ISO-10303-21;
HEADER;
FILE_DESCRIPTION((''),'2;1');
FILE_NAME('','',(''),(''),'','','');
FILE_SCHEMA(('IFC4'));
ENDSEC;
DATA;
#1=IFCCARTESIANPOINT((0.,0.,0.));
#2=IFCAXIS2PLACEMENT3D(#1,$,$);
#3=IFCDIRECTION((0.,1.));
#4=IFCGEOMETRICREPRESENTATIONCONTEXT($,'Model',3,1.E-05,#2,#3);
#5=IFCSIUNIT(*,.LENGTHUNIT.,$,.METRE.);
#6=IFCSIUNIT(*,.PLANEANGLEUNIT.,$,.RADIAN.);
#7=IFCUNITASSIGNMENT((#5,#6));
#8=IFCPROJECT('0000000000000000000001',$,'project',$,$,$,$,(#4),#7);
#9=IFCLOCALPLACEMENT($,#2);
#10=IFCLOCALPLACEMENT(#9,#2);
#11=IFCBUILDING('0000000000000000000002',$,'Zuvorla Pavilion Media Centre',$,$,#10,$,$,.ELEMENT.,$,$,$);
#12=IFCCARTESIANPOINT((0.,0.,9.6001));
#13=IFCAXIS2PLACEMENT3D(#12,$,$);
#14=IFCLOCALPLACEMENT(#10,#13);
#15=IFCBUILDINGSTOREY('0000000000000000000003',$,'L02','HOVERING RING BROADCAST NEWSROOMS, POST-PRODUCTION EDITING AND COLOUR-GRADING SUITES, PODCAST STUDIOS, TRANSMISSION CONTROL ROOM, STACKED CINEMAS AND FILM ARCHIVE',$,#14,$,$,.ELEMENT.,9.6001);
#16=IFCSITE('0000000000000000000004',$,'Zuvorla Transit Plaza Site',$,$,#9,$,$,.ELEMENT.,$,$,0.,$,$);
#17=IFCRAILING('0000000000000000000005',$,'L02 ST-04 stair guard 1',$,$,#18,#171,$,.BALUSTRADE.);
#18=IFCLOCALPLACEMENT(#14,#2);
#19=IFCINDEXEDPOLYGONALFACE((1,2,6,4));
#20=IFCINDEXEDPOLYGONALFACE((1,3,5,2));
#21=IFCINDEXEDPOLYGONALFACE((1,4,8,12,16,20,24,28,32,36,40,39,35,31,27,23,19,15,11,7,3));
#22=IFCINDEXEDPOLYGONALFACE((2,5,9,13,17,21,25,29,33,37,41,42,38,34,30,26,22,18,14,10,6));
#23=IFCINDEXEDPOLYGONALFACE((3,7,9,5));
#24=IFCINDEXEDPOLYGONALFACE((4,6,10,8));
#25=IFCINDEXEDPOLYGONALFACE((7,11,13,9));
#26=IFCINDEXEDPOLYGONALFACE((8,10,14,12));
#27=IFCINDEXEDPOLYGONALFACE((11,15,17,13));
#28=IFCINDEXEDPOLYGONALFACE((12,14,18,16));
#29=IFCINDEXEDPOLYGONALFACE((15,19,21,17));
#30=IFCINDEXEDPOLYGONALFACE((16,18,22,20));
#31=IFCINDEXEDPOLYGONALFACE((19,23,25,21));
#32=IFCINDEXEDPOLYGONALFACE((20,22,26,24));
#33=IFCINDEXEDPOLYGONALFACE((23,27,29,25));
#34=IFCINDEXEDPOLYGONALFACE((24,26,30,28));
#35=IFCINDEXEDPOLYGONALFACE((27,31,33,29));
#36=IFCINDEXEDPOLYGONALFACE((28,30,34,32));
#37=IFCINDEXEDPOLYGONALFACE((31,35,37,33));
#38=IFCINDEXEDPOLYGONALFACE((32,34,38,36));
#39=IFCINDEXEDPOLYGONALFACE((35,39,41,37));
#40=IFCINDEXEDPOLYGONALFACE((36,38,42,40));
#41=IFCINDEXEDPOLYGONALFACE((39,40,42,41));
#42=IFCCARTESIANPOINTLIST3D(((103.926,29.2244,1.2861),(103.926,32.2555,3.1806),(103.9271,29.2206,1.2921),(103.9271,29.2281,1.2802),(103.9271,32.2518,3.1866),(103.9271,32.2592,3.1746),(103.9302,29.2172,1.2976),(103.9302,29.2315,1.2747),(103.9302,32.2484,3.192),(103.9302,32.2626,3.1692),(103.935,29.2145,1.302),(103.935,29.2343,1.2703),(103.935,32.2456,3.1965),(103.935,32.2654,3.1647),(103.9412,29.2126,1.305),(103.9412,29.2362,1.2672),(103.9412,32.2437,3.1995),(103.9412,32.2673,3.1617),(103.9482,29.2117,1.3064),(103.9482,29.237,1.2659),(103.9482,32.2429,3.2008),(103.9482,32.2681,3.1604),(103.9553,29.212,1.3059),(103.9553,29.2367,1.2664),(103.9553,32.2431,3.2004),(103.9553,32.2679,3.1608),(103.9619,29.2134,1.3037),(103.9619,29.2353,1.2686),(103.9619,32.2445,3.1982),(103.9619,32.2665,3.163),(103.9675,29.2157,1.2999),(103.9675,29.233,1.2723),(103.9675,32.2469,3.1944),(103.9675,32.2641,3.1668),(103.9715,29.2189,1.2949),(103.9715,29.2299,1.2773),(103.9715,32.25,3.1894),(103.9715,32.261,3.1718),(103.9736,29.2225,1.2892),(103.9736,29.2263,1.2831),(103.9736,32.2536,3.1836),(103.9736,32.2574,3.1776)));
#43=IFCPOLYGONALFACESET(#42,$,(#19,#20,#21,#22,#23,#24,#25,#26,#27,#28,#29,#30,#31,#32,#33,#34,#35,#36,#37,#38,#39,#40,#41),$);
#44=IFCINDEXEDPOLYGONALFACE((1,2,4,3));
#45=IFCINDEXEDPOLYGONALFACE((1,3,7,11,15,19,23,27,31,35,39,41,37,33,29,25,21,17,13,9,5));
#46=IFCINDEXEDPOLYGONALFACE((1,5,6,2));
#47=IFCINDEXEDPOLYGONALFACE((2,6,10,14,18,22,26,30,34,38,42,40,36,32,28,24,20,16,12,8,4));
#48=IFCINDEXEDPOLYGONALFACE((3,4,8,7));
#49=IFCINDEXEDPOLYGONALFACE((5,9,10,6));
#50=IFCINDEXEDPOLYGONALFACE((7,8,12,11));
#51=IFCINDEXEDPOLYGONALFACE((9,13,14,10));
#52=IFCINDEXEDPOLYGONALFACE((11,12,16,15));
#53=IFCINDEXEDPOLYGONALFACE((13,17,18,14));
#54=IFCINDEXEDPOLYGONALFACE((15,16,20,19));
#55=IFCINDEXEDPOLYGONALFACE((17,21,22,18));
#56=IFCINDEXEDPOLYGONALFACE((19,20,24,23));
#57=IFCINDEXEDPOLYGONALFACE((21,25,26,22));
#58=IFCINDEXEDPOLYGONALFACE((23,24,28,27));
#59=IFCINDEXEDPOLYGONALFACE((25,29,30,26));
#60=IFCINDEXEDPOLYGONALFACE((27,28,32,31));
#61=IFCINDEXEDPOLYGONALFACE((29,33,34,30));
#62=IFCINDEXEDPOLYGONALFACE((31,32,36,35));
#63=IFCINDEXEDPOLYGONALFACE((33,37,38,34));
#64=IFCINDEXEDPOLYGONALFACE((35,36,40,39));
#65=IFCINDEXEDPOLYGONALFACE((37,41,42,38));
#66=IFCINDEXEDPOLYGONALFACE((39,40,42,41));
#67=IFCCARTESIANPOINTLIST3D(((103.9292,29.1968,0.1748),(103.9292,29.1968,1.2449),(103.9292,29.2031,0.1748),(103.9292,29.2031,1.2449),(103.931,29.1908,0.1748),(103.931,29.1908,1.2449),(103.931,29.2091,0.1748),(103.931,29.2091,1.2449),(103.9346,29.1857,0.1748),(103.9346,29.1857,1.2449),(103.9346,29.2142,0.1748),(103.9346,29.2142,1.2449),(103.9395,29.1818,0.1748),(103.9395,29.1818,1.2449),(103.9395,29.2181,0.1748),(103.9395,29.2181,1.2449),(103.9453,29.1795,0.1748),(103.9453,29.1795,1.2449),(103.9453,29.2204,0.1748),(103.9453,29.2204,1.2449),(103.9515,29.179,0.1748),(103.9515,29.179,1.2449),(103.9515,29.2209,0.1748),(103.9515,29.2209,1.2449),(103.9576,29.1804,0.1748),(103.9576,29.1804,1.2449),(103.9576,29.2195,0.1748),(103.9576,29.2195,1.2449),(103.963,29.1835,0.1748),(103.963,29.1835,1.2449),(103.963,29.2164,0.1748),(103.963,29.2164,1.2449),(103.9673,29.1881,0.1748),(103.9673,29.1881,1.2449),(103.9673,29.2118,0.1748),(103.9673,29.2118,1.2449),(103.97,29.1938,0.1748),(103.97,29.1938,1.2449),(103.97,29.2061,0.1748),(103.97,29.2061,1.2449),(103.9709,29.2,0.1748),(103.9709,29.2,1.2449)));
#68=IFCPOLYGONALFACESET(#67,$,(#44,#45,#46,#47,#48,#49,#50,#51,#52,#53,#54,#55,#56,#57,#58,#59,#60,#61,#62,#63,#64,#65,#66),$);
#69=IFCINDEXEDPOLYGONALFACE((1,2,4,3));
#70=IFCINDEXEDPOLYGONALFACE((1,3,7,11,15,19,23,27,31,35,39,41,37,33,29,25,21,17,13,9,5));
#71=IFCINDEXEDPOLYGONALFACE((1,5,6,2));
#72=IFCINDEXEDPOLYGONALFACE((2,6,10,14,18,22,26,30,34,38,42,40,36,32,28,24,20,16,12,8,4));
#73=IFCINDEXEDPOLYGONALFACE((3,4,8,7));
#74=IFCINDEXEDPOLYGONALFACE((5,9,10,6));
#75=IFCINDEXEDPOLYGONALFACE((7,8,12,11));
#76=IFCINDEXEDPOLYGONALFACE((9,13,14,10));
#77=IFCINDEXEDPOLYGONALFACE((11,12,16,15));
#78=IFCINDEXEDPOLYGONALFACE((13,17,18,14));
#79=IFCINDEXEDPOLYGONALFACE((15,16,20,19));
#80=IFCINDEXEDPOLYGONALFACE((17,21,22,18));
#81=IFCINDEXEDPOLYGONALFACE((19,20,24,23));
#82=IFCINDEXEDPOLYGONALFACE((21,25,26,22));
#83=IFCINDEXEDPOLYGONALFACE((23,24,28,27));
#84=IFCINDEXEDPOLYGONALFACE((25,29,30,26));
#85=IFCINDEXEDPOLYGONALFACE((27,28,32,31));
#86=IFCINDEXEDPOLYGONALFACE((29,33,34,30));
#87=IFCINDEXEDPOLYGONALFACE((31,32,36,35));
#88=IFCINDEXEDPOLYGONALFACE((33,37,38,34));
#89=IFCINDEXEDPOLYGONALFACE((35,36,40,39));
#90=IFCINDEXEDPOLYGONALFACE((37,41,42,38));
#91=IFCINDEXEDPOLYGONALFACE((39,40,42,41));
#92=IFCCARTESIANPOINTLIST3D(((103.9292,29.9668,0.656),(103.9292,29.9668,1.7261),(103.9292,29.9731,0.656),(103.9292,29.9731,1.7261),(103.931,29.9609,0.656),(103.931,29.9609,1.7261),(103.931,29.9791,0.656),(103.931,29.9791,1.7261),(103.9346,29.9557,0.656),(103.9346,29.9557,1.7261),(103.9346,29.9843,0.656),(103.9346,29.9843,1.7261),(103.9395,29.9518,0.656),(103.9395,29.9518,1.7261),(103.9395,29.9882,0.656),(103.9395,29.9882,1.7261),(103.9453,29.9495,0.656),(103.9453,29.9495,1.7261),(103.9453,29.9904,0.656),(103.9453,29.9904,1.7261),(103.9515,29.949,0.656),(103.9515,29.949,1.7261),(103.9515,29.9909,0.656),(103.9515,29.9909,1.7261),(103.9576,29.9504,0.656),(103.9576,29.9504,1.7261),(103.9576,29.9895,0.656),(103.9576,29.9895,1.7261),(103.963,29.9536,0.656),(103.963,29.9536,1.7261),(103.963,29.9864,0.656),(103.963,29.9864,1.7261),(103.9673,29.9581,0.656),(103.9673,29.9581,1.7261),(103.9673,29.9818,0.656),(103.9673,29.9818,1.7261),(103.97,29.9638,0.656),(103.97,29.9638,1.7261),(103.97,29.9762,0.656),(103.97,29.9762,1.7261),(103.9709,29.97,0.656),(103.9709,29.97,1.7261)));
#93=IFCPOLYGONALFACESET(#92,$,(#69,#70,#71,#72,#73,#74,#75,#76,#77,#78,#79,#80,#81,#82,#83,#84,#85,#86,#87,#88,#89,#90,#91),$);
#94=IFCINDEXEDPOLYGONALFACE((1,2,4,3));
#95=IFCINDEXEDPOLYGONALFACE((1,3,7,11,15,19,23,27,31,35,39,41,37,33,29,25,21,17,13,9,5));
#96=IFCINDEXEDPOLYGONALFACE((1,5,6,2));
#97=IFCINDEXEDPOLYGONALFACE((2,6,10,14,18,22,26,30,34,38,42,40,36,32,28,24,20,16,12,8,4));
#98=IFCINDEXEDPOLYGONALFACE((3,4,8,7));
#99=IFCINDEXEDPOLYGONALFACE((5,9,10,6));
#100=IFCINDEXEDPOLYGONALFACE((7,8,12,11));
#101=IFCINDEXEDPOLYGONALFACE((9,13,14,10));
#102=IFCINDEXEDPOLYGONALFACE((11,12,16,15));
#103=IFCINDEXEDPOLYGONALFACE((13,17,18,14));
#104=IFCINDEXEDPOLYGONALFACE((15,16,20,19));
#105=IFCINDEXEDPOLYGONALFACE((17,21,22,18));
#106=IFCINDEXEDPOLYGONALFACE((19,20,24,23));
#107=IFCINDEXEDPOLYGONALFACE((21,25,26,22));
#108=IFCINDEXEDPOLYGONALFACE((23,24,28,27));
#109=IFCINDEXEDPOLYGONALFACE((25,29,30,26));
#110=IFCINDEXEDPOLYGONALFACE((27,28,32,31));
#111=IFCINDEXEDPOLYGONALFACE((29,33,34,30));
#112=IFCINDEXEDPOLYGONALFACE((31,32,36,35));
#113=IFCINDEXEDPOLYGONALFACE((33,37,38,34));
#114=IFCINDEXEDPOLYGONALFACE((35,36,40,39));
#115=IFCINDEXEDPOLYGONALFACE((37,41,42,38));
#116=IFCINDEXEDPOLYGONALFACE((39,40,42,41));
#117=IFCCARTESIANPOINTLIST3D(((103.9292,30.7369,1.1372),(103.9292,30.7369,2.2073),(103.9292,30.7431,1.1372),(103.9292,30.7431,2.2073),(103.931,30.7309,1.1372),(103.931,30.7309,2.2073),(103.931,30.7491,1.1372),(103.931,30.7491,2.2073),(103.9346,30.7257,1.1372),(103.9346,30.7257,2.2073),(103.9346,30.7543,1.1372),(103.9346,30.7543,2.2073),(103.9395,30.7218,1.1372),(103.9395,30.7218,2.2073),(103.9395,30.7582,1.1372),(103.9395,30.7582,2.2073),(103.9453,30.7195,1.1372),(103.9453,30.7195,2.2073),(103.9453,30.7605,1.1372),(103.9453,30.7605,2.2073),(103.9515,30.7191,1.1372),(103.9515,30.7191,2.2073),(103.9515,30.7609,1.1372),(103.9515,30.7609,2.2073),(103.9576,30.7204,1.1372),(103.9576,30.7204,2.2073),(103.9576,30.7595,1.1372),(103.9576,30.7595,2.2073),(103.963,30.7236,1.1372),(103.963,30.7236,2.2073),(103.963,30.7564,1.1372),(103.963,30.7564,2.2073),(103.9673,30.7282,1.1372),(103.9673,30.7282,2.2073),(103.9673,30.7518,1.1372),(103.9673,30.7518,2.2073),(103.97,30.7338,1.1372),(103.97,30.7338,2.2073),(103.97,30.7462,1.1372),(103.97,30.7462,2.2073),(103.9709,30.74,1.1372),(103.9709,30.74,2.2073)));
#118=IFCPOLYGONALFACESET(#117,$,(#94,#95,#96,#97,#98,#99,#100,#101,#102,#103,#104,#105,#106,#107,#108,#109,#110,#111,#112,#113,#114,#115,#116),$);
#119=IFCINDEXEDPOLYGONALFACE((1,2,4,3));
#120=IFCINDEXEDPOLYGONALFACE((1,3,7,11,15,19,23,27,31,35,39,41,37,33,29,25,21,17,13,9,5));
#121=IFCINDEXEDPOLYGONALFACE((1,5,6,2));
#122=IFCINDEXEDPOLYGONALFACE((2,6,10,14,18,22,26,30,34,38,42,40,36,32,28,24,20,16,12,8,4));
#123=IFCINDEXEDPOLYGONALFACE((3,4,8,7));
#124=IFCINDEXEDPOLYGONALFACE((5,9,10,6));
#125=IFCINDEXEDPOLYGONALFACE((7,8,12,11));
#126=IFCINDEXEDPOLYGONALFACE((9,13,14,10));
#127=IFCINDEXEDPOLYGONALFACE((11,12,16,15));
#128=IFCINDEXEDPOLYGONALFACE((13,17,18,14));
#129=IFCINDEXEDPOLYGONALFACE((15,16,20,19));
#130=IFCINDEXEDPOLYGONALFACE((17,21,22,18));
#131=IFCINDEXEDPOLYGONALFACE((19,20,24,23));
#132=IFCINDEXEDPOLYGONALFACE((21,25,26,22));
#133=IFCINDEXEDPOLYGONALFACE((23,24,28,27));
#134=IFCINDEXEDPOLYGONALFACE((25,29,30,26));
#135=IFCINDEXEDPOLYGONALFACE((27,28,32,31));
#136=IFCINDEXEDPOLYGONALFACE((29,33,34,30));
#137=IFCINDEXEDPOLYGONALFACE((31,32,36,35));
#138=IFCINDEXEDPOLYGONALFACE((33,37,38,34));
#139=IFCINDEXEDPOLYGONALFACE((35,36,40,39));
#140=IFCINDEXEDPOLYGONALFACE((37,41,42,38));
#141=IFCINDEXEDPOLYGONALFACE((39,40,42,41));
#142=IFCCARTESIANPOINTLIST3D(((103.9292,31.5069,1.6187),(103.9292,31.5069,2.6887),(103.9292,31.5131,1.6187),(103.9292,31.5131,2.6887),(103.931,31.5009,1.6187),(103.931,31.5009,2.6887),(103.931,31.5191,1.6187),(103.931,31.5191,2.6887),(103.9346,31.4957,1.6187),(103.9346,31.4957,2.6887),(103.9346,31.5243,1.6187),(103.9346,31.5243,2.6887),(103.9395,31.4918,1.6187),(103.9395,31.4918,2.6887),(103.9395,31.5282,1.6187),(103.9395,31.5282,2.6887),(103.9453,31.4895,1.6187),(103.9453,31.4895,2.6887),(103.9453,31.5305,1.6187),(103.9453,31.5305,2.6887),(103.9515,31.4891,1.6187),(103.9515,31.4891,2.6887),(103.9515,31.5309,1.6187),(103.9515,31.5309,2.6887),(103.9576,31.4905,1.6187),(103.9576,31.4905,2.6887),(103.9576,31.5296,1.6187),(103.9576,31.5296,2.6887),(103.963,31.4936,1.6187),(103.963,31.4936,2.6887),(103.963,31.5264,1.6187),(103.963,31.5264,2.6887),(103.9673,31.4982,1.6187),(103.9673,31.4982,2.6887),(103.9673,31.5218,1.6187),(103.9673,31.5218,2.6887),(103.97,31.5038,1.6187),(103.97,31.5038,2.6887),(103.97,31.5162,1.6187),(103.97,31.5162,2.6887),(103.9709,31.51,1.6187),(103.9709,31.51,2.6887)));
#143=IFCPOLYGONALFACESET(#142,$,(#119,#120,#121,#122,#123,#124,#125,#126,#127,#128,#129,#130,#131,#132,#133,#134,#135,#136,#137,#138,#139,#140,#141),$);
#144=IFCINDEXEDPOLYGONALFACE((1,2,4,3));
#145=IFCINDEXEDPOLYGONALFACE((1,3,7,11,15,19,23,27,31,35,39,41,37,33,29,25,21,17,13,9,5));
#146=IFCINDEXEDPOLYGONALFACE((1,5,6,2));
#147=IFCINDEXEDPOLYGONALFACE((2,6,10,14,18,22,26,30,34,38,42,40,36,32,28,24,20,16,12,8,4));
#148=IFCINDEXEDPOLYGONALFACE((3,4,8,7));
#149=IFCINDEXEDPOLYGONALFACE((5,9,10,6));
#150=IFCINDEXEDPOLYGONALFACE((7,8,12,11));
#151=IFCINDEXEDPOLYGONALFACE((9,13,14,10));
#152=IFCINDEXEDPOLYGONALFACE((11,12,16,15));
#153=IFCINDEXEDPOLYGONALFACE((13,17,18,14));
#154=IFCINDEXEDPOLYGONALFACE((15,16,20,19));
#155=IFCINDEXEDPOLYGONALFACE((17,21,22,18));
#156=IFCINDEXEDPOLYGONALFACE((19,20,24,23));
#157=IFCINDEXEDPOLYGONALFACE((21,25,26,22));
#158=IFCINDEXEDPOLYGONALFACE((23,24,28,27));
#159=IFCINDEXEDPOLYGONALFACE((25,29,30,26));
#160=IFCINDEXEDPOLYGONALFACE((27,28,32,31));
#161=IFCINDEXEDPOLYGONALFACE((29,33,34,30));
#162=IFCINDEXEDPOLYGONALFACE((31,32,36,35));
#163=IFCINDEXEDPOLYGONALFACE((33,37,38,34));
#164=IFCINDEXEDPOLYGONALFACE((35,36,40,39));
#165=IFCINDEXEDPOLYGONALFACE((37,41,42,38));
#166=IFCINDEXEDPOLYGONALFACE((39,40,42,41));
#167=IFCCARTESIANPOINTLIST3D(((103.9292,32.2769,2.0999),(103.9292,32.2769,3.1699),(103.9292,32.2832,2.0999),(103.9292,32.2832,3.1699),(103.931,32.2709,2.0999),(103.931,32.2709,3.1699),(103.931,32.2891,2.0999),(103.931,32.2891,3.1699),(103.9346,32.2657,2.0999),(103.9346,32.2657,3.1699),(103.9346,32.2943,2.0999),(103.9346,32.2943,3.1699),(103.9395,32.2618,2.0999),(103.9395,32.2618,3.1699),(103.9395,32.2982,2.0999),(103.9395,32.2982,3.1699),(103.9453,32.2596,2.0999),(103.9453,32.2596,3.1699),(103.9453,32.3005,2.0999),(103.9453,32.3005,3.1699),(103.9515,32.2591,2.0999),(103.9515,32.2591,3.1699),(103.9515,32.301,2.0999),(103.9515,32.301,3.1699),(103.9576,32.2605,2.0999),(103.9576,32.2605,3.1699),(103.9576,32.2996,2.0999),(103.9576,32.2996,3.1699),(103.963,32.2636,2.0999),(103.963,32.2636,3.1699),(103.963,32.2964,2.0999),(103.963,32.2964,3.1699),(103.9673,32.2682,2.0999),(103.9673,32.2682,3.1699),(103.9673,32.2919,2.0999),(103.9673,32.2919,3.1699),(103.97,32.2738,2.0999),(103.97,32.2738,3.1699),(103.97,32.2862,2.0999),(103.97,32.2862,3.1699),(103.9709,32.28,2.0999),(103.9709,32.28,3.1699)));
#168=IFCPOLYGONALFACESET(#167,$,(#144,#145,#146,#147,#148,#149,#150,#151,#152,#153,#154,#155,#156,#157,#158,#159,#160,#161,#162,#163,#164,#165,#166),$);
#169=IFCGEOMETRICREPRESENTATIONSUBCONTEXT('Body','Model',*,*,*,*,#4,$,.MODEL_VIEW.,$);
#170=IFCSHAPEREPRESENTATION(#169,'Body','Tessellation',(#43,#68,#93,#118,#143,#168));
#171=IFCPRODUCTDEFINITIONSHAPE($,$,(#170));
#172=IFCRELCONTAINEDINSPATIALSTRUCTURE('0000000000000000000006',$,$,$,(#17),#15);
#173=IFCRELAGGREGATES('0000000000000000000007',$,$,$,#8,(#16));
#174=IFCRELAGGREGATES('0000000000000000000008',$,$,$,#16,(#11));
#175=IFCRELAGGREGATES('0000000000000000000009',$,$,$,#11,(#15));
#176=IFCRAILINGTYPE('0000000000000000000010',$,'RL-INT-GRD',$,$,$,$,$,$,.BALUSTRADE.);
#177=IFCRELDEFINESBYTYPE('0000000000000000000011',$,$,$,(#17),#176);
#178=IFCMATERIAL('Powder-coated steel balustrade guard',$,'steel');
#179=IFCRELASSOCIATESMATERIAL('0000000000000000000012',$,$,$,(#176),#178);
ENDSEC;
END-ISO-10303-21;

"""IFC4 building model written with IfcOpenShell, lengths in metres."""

from ifc_helpers import new_model, si_unit, direction, frame, origin, origin_2d, place, context, subcontext, project, spatial, circle, extrude, material, type_object, element, save


model = new_model("IFC4")

# Units and contexts
model_context = context("Model", 3, precision=1e-05, world=origin(), true_north=direction((0.0, 1.0)))
body_context = subcontext(model_context, "Body", "Model", "MODEL_VIEW")
ifc_project = project(units=[si_unit("LENGTHUNIT", "METRE"), si_unit("PLANEANGLEUNIT", "RADIAN")], contexts=[model_context])

# Site, building, storey
site_placement = place(None, origin())
site = spatial("IfcSite", under=ifc_project, at=site_placement, Name="Zuvorla Transit Plaza Site", CompositionType="ELEMENT", RefElevation=0.0)
building_placement = place(site_placement, origin())
building = spatial("IfcBuilding", under=site, at=building_placement, Name="Zuvorla Pavilion Media Centre", CompositionType="ELEMENT")
storey_placement = place(building_placement, frame((0.0, 0.0, 9.6001)))
storey = spatial("IfcBuildingStorey", under=building, at=storey_placement, Name="L02", Description="HOVERING RING BROADCAST NEWSROOMS, POST-PRODUCTION EDITING AND COLOUR-GRADING SUITES, PODCAST STUDIOS, TRANSMISSION CONTROL ROOM, STACKED CINEMAS AND FILM ARCHIVE", CompositionType="ELEMENT", Elevation=9.6001)

# Railing
ifc_material_1 = material(Name="Powder-coated steel balustrade guard", Category="steel")
railing_type_1 = type_object("IfcRailingType", Name="RL-INT-GRD", PredefinedType="BALUSTRADE", material=ifc_material_1)
railing_1_placement = place(storey_placement, frame((103.95, 29.2, 0.1748)))
element("IfcRailing", 1, at=railing_1_placement, inside=storey, type_object=railing_type_1, Name="L02 ST-04 stair guard 1", PredefinedType="BALUSTRADE", context=body_context, shape_type="SweptSolid", body=[
    extrude(circle(Radius=0.0239, at=origin_2d()), frame((0.0, 0.0244, 1.1113), z_axis=(0.0, 0.847998, 0.529999), x_axis=(-1.0, 0.0, 0.0)), (0.0, 0.0, 1.0), 3.5745),
    extrude(circle(Radius=0.021, at=origin_2d()), origin(), (0.0, 0.0, 1.0), 1.0701),
    extrude(circle(Radius=0.021, at=origin_2d()), frame((0.0, 0.77, 0.4812)), (0.0, 0.0, 1.0), 1.0701),
    extrude(circle(Radius=0.021, at=origin_2d()), frame((0.0, 1.54, 0.9624)), (0.0, 0.0, 1.0), 1.0701),
    extrude(circle(Radius=0.021, at=origin_2d()), frame((0.0, 2.3101, 1.4438)), (0.0, 0.0, 1.0), 1.0701),
    extrude(circle(Radius=0.021, at=origin_2d()), frame((0.0, 3.0801, 1.925)), (0.0, 0.0, 1.0), 1.0701),
])

save(model, "model.ifc")
